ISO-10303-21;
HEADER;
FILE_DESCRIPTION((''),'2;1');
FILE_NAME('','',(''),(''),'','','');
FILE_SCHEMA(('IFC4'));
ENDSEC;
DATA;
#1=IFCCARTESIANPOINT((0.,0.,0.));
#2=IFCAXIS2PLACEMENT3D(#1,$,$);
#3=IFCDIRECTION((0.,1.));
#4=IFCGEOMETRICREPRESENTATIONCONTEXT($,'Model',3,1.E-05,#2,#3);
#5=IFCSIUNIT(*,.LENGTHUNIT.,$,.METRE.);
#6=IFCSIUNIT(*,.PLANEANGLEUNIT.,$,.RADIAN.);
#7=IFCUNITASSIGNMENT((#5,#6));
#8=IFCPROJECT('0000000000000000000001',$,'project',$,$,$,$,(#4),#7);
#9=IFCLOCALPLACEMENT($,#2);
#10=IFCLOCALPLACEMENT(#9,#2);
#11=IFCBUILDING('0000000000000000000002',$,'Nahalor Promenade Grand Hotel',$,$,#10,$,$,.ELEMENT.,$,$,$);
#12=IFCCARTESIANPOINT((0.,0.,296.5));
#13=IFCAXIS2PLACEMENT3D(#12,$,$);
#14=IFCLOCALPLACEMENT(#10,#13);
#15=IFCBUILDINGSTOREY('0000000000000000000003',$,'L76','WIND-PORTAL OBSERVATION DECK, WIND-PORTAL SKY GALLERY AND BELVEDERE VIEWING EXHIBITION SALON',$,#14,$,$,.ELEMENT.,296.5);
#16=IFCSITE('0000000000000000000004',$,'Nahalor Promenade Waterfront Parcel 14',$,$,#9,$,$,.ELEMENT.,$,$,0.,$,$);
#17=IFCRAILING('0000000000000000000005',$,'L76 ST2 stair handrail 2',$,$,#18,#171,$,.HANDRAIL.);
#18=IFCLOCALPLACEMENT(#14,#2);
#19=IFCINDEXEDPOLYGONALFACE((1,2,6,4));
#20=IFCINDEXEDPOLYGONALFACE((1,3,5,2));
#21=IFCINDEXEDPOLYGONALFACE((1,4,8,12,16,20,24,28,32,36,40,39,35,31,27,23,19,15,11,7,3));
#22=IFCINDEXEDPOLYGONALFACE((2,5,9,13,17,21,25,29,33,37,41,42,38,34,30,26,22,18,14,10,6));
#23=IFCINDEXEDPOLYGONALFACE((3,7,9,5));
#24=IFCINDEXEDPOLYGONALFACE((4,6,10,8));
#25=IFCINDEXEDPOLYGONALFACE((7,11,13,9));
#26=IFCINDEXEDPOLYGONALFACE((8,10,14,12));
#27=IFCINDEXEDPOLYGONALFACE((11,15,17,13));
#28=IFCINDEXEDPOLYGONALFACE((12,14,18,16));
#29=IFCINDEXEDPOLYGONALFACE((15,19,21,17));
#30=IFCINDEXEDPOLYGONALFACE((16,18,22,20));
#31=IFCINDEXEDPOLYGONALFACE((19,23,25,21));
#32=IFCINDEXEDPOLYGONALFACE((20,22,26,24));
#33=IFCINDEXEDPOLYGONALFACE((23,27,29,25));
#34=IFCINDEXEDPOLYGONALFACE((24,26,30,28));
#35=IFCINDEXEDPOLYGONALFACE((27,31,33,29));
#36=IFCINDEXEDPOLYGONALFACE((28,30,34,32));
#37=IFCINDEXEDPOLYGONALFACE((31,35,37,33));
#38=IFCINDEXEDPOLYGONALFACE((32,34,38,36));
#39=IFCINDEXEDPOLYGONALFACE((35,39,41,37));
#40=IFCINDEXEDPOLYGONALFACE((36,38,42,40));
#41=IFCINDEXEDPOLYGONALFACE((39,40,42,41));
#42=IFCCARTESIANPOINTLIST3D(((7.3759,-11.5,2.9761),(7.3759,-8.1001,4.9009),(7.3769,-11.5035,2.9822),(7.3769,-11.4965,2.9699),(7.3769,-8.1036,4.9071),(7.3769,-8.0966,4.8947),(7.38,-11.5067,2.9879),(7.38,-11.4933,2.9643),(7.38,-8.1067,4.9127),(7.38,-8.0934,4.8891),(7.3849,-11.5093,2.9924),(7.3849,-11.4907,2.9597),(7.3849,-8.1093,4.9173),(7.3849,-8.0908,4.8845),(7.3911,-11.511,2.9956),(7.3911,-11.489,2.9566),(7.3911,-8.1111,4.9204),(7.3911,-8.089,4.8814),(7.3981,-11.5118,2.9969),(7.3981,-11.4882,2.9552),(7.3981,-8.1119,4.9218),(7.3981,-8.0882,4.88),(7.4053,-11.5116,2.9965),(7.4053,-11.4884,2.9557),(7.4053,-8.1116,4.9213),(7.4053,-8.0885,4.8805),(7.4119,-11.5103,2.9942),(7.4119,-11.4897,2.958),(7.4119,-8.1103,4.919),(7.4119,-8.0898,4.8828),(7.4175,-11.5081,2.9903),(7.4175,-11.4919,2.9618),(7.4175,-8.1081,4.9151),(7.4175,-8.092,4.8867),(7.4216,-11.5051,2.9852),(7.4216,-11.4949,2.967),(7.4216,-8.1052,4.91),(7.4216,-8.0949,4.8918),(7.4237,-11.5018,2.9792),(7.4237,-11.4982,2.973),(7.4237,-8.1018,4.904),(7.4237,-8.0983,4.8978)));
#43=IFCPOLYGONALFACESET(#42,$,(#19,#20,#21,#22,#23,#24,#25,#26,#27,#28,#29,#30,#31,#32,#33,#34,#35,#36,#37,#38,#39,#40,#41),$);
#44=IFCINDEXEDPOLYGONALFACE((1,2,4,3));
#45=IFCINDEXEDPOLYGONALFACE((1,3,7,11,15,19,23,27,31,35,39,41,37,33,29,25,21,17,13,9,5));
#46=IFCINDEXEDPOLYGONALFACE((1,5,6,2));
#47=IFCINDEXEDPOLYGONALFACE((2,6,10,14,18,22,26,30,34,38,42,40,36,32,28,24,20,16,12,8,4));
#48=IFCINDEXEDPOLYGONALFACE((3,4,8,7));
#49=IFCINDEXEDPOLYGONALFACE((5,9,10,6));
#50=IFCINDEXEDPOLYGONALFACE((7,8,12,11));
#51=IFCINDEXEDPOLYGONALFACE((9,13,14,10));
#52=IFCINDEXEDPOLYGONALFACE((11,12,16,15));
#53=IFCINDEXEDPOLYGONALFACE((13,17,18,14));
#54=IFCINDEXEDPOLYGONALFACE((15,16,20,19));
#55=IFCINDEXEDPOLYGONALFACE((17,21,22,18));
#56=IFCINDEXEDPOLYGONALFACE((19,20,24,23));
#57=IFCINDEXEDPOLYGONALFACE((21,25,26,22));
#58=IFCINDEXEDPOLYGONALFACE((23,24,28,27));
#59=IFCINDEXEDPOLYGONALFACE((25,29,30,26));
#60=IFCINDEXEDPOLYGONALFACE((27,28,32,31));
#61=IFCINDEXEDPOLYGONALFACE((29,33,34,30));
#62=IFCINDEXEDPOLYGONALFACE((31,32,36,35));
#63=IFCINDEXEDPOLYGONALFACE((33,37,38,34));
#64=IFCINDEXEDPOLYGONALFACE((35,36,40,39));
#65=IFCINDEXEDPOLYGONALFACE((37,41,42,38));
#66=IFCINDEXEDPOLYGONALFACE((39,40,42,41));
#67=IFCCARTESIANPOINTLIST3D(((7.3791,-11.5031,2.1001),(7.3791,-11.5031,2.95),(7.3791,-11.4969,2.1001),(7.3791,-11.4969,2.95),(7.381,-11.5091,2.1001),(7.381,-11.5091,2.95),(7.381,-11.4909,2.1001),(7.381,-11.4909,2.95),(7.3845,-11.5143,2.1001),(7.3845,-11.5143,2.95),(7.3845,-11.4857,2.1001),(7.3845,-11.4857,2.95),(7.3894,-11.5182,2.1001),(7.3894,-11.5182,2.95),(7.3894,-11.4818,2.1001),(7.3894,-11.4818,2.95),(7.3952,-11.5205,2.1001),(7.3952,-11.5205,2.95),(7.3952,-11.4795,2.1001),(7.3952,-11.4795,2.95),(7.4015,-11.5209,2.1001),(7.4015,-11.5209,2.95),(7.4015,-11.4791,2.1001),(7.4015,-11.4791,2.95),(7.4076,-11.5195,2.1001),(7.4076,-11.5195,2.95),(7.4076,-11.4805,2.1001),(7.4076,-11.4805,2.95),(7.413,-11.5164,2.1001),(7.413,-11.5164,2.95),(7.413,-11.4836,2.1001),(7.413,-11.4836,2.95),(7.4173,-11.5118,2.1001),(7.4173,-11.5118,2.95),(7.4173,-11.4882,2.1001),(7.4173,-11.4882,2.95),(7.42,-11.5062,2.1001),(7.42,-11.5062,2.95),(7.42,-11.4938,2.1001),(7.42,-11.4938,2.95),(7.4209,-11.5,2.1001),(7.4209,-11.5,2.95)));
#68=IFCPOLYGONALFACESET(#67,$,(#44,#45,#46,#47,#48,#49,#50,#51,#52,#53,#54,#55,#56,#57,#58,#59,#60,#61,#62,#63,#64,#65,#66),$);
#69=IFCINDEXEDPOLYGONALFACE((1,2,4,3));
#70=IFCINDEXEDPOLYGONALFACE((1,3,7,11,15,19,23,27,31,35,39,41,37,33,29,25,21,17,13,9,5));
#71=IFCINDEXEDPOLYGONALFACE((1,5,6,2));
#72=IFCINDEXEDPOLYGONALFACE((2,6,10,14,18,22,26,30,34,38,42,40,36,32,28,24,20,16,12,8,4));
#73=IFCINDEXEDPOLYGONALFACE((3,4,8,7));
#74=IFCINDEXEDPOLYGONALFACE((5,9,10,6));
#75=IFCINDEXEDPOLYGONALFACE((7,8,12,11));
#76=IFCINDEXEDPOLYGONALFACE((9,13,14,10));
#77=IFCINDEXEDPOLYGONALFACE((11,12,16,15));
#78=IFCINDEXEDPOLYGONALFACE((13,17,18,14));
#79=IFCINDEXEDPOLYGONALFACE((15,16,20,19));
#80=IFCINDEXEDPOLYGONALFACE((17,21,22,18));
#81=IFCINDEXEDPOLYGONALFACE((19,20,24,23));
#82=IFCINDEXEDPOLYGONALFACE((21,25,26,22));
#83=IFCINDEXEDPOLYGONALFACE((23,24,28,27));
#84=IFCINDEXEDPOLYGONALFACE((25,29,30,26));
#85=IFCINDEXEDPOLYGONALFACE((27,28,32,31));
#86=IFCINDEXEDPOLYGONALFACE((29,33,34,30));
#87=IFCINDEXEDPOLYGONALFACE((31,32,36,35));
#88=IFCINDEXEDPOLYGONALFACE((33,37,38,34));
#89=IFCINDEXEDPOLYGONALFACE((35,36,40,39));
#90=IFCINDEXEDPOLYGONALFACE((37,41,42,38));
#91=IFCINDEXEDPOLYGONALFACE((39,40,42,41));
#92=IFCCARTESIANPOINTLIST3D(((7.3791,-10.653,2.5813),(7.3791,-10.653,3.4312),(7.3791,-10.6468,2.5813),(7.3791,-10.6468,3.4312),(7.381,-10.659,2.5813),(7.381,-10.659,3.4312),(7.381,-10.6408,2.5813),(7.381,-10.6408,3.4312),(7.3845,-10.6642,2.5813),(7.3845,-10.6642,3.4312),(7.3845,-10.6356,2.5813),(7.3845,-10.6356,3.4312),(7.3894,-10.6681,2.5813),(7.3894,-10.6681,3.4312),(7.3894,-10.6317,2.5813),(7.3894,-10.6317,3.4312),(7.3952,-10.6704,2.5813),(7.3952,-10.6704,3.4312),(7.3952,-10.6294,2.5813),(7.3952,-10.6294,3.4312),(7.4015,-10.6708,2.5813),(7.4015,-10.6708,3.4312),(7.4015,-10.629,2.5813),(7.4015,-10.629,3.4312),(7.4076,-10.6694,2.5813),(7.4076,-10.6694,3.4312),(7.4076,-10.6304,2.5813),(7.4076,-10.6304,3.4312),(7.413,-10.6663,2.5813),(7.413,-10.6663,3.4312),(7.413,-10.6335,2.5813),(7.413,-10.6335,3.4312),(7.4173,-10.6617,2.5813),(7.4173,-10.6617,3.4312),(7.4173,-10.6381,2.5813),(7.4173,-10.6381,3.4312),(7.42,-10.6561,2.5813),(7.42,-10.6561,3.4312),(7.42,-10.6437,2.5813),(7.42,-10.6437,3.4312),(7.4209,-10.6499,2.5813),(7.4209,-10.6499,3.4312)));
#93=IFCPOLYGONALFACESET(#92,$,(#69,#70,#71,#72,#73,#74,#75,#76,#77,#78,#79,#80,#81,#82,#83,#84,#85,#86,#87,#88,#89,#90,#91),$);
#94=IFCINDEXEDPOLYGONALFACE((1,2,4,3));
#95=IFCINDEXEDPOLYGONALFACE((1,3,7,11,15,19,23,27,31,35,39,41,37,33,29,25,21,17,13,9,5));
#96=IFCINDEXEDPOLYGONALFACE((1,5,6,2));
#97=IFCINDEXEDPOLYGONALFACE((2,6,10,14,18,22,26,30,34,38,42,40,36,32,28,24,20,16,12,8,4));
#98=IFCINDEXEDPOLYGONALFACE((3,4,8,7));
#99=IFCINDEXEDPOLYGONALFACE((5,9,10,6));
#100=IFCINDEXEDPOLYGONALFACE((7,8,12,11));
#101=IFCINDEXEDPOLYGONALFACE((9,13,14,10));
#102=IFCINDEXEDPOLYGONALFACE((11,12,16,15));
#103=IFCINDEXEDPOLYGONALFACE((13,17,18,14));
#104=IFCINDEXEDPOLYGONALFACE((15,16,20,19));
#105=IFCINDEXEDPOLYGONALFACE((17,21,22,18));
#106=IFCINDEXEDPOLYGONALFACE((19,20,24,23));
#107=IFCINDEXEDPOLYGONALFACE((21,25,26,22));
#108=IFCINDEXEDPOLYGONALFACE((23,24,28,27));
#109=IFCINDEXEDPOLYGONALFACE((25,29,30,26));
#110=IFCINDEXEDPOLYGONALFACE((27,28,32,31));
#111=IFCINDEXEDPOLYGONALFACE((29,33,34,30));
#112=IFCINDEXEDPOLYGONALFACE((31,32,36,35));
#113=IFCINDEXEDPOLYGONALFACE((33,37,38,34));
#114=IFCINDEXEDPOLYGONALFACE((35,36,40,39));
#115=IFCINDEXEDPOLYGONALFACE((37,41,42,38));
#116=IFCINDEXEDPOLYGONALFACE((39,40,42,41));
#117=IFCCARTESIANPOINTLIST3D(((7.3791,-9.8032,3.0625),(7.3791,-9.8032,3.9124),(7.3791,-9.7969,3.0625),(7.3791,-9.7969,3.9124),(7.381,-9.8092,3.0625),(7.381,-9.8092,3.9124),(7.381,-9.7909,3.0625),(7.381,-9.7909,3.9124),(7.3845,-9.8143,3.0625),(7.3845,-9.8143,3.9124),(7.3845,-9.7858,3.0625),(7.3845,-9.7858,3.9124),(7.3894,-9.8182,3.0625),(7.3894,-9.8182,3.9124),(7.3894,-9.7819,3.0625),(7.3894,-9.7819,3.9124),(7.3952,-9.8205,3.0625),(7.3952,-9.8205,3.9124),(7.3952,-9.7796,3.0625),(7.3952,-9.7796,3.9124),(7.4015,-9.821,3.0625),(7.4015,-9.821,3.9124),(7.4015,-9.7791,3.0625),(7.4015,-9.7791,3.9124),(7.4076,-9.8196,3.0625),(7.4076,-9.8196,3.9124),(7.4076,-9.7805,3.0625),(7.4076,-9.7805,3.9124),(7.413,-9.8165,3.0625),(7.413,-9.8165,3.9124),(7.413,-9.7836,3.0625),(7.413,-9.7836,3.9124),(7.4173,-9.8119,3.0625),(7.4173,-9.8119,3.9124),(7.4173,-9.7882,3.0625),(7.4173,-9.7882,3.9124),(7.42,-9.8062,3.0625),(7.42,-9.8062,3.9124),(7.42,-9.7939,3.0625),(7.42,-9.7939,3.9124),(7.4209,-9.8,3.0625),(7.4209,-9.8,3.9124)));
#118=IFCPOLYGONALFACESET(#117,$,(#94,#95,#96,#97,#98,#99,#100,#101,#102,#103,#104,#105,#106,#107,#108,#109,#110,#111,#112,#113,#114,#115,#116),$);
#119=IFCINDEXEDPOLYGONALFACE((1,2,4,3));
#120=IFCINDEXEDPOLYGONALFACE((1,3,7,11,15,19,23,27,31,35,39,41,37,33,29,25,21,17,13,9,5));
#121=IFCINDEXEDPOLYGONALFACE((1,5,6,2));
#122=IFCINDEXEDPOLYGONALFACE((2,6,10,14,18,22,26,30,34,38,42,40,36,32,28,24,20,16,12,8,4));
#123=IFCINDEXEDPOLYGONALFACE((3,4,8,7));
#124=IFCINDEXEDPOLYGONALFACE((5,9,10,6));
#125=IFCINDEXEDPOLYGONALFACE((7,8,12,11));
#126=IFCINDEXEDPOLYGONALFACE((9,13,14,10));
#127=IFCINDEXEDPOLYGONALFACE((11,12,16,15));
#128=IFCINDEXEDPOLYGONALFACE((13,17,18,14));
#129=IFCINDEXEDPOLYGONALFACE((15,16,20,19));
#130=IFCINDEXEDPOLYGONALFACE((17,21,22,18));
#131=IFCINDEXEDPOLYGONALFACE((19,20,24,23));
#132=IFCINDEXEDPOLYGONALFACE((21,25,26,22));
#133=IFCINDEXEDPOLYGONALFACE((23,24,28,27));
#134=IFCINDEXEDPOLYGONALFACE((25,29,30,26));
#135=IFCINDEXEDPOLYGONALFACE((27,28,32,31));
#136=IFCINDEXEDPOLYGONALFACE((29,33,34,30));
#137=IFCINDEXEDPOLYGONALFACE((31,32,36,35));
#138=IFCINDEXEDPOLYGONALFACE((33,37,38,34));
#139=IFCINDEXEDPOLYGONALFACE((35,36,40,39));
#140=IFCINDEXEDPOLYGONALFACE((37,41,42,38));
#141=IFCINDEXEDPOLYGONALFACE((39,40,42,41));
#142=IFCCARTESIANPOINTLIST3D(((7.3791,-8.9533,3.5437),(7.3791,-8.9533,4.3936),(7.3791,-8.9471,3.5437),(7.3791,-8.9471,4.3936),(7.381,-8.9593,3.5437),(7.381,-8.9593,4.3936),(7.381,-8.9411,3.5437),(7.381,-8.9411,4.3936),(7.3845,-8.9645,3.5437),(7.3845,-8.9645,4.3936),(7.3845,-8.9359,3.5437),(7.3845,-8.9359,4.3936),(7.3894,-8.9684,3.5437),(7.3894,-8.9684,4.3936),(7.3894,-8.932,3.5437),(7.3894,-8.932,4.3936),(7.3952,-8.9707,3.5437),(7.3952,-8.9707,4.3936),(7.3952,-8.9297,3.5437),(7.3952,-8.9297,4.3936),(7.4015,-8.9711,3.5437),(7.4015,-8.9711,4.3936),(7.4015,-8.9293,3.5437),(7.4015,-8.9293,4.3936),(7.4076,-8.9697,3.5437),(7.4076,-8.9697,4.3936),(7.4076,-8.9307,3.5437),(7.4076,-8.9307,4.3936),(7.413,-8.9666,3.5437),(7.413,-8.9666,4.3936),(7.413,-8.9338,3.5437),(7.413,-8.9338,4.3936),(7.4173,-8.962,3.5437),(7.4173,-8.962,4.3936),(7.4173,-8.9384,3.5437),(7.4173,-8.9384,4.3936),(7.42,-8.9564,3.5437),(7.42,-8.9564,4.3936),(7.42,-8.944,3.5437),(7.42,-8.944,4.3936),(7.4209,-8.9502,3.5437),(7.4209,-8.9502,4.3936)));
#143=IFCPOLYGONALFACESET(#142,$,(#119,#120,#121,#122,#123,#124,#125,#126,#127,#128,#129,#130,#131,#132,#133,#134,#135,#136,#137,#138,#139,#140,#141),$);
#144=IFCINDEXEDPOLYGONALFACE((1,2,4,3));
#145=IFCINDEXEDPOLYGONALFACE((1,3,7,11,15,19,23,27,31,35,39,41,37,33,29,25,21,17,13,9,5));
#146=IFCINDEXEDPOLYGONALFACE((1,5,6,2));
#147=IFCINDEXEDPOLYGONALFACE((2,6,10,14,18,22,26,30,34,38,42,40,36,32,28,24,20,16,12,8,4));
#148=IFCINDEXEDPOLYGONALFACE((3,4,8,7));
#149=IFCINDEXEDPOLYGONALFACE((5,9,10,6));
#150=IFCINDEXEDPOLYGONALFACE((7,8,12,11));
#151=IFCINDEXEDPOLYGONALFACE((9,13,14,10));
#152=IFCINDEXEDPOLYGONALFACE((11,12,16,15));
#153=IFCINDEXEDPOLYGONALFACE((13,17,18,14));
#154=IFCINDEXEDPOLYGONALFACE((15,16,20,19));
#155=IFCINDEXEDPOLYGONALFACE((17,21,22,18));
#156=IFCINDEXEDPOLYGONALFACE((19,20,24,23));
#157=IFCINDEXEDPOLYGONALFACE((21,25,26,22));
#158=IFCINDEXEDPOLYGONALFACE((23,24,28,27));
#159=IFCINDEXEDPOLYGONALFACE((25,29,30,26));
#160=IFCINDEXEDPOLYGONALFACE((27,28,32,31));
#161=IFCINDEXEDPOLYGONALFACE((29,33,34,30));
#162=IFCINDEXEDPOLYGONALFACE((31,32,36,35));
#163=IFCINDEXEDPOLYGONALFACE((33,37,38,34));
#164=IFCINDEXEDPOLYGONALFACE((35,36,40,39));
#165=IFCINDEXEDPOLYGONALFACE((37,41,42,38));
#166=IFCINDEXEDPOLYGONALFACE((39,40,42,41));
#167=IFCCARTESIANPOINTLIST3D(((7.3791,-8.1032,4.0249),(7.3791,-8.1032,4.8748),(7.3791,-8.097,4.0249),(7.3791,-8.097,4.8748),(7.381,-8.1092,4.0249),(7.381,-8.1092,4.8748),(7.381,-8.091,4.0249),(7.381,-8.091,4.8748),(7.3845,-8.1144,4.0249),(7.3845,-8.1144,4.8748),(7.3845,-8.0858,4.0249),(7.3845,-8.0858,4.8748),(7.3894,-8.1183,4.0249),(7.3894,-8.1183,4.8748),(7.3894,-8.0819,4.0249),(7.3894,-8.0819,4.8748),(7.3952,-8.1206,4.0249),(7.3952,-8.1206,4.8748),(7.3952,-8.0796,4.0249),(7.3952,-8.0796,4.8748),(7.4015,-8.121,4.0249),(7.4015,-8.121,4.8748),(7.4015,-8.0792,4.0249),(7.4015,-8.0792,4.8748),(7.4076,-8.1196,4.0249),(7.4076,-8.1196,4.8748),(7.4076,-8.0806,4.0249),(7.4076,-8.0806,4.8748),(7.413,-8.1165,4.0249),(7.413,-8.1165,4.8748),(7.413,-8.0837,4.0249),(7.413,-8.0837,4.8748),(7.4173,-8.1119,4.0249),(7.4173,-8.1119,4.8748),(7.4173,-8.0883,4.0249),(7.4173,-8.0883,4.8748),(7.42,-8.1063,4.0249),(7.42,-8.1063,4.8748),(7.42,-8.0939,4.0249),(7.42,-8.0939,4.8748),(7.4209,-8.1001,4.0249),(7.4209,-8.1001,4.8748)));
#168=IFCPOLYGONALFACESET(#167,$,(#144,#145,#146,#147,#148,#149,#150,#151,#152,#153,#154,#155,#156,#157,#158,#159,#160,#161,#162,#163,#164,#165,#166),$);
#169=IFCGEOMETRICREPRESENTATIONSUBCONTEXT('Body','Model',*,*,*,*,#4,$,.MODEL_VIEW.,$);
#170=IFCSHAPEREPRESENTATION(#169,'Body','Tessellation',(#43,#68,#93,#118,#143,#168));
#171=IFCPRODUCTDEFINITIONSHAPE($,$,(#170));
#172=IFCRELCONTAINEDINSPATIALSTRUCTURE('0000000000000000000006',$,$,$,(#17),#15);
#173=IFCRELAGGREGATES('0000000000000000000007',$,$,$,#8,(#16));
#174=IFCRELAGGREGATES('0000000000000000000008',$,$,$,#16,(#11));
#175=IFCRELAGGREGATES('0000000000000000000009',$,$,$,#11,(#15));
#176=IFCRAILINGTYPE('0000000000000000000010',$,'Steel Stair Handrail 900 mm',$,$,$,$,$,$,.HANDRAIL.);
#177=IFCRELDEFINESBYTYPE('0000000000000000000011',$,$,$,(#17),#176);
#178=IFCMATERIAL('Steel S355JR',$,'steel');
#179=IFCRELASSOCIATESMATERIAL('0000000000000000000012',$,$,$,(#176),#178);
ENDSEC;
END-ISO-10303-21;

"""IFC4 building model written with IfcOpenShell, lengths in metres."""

from ifc_helpers import new_model, si_unit, direction, frame, origin, origin_2d, place, context, subcontext, project, spatial, circle, extrude, material, type_object, element, save


model = new_model("IFC4")

# Units and contexts
model_context = context("Model", 3, precision=1e-05, world=origin(), true_north=direction((0.0, 1.0)))
body_context = subcontext(model_context, "Body", "Model", "MODEL_VIEW")
ifc_project = project(units=[si_unit("LENGTHUNIT", "METRE"), si_unit("PLANEANGLEUNIT", "RADIAN")], contexts=[model_context])

# Site, building, storey
site_placement = place(None, origin())
site = spatial("IfcSite", under=ifc_project, at=site_placement, Name="Nahalor Promenade Waterfront Parcel 14", CompositionType="ELEMENT", RefElevation=0.0)
building_placement = place(site_placement, origin())
building = spatial("IfcBuilding", under=site, at=building_placement, Name="Nahalor Promenade Grand Hotel", CompositionType="ELEMENT")
storey_placement = place(building_placement, frame((0.0, 0.0, 296.5)))
storey = spatial("IfcBuildingStorey", under=building, at=storey_placement, Name="L76", Description="WIND-PORTAL OBSERVATION DECK, WIND-PORTAL SKY GALLERY AND BELVEDERE VIEWING EXHIBITION SALON", CompositionType="ELEMENT", Elevation=296.5)

# Shared definitions
ifc_material_1 = material(Name="Steel S355JR", Category="steel")

# Railing
railing_type_1 = type_object("IfcRailingType", Name="Steel Stair Handrail 900 mm", PredefinedType="HANDRAIL", material=ifc_material_1)
railing_1_placement = place(storey_placement, frame((7.3999, -11.5, 2.1001)))
element("IfcRailing", 1, at=railing_1_placement, inside=storey, type_object=railing_type_1, Name="L76 ST2 stair handrail 2", PredefinedType="HANDRAIL", context=body_context, shape_type="SweptSolid", body=[
    extrude(circle(Radius=0.024, at=origin_2d()), frame((0.0, 0.0, 0.876), z_axis=(0.0, 0.87022, 0.492663), x_axis=(-1.0, 0.0, 0.0)), (0.0, 0.0, 1.0), 3.907),
    extrude(circle(Radius=0.021, at=origin_2d()), origin(), (0.0, 0.0, 1.0), 0.8499),
    extrude(circle(Radius=0.021, at=origin_2d()), frame((0.0, 0.8501, 0.4812)), (0.0, 0.0, 1.0), 0.8499),
    extrude(circle(Radius=0.021, at=origin_2d()), frame((0.0, 1.7, 0.9624)), (0.0, 0.0, 1.0), 0.8499),
    extrude(circle(Radius=0.021, at=origin_2d()), frame((0.0, 2.5498, 1.4436)), (0.0, 0.0, 1.0), 0.8499),
    extrude(circle(Radius=0.021, at=origin_2d()), frame((0.0, 3.3999, 1.9248)), (0.0, 0.0, 1.0), 0.8499),
])

save(model, "model.ifc")
